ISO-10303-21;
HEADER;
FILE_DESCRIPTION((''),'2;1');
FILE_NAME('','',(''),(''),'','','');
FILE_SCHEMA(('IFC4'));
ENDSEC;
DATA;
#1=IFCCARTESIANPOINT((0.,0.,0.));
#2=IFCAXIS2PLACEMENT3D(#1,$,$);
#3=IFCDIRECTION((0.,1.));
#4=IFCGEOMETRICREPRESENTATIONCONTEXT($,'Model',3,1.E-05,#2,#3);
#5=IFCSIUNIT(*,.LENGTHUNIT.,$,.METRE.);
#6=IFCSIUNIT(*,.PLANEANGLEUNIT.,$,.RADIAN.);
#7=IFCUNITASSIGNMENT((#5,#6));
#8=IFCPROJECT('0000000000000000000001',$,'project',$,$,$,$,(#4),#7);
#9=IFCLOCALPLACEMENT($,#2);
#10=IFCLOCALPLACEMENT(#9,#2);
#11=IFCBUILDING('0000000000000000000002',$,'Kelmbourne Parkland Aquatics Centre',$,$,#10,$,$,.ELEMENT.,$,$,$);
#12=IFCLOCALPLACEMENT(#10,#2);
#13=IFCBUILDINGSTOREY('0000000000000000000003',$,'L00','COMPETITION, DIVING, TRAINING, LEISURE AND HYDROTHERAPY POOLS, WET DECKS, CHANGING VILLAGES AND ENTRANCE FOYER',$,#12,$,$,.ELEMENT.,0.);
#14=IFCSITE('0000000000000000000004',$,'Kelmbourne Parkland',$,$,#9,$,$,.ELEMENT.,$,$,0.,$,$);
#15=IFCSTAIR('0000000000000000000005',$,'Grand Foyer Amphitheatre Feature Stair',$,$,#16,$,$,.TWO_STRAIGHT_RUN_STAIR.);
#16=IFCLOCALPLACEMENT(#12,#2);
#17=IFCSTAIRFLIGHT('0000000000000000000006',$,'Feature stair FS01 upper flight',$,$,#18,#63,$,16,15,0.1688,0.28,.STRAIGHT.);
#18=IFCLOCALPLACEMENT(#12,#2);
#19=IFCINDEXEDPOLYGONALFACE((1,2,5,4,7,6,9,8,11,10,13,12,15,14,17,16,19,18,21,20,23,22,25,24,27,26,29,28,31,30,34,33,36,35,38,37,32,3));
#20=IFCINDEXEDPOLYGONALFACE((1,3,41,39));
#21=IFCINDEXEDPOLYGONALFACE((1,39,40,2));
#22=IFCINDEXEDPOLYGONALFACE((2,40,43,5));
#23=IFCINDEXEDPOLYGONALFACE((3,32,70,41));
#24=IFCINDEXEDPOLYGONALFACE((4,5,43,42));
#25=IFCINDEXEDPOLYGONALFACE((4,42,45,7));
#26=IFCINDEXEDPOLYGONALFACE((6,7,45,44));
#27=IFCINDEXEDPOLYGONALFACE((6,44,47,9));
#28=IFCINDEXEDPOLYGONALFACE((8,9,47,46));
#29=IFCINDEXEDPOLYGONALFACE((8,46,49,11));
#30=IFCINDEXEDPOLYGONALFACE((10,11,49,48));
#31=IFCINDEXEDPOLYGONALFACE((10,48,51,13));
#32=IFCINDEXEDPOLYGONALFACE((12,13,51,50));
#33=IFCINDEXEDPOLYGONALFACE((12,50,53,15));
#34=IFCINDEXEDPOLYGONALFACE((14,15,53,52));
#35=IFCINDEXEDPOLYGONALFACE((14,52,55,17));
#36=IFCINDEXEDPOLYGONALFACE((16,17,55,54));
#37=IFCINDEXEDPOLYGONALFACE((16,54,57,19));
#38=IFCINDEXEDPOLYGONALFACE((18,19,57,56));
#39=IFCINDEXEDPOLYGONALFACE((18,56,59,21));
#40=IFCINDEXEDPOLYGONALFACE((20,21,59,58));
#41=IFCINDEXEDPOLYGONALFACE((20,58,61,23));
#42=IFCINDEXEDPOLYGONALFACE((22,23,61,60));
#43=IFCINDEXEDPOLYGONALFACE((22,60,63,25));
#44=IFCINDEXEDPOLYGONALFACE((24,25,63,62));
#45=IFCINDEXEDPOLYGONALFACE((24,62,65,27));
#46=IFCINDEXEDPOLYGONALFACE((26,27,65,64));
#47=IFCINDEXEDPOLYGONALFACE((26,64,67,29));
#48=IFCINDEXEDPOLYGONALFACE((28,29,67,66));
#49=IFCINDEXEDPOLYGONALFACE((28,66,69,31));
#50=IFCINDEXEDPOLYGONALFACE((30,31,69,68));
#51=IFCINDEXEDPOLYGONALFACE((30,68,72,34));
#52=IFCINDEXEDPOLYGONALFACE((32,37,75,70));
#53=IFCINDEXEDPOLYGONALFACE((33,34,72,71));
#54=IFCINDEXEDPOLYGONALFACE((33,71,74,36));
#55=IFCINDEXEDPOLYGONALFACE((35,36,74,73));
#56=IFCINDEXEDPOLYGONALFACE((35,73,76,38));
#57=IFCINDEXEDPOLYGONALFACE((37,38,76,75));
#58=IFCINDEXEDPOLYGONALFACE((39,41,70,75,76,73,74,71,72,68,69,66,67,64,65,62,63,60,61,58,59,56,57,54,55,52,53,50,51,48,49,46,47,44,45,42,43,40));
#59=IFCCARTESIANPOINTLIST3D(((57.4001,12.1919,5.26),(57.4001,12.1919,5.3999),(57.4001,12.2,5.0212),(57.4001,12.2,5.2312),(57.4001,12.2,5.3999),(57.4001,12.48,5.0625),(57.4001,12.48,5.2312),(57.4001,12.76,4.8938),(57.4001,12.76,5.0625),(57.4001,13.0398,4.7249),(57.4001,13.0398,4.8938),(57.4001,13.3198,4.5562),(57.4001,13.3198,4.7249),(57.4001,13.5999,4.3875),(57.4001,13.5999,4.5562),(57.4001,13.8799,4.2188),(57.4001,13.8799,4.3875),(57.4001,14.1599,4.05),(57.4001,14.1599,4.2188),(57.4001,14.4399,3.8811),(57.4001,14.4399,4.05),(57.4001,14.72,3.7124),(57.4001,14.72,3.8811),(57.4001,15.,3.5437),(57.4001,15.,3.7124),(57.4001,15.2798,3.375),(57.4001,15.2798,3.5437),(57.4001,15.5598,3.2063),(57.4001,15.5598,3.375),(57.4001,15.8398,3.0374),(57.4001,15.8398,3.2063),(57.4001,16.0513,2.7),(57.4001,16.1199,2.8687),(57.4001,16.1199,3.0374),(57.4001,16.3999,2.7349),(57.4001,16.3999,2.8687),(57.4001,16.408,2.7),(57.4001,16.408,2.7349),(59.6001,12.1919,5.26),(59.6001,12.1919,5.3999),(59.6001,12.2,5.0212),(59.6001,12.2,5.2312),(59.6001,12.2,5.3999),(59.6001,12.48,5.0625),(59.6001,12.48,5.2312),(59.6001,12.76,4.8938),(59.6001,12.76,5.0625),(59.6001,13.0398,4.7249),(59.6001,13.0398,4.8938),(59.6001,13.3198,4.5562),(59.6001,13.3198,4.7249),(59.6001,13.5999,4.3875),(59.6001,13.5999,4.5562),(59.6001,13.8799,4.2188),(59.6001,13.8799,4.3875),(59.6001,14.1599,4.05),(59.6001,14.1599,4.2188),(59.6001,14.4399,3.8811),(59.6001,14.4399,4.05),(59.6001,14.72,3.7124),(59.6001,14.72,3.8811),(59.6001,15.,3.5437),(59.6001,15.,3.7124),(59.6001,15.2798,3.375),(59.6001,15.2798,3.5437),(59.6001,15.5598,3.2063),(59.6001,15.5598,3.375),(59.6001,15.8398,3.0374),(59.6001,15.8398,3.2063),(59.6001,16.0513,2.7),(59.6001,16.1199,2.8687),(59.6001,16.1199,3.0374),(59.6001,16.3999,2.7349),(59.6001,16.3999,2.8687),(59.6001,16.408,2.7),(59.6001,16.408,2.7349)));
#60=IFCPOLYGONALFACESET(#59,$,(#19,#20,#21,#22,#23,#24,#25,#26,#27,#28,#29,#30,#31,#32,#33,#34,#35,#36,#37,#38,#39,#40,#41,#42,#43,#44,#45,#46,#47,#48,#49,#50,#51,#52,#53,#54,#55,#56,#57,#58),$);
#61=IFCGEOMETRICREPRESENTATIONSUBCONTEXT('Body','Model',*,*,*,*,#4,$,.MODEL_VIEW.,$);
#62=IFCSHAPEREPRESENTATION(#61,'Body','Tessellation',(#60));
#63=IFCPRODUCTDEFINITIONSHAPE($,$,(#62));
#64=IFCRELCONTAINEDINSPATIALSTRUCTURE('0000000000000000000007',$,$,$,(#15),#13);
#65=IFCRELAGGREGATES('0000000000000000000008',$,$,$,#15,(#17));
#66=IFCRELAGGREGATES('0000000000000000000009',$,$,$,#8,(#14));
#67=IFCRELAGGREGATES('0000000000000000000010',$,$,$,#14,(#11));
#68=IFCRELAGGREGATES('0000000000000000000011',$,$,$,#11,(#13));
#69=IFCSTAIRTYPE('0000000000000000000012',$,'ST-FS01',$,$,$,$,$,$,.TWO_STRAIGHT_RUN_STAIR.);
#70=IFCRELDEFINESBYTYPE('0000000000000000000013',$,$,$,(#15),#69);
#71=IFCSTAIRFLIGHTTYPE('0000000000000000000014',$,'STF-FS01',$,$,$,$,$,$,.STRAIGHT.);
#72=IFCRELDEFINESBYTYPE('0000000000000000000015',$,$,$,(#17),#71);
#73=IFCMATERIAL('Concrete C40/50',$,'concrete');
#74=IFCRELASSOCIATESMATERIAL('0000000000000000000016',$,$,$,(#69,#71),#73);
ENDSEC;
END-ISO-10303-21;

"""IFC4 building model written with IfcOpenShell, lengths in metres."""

from ifc_helpers import new_model, si_unit, direction, frame, origin, place, context, subcontext, project, spatial, polyline, outline, extrude, material, type_object, element, aggregate, save


model = new_model("IFC4")

# Units and contexts
model_context = context("Model", 3, precision=1e-05, world=origin(), true_north=direction((0.0, 1.0)))
body_context = subcontext(model_context, "Body", "Model", "MODEL_VIEW")
ifc_project = project(units=[si_unit("LENGTHUNIT", "METRE"), si_unit("PLANEANGLEUNIT", "RADIAN")], contexts=[model_context])

# Site, building, storey
site_placement = place(None, origin())
site = spatial("IfcSite", under=ifc_project, at=site_placement, Name="Kelmbourne Parkland", CompositionType="ELEMENT", RefElevation=0.0)
building_placement = place(site_placement, origin())
building = spatial("IfcBuilding", under=site, at=building_placement, Name="Kelmbourne Parkland Aquatics Centre", CompositionType="ELEMENT")
storey_placement = place(building_placement, origin())
storey = spatial("IfcBuildingStorey", under=building, at=storey_placement, Name="L00", Description="COMPETITION, DIVING, TRAINING, LEISURE AND HYDROTHERAPY POOLS, WET DECKS, CHANGING VILLAGES AND ENTRANCE FOYER", CompositionType="ELEMENT", Elevation=0.0)

# Shared definitions
ifc_material_1 = material(Name="Concrete C40/50", Category="concrete")

# Stair, stair flight
stair_type = type_object("IfcStairType", Name="ST-FS01", PredefinedType="TWO_STRAIGHT_RUN_STAIR", material=ifc_material_1)
stair_placement = place(storey_placement, origin())
stair = element("IfcStair", 1, at=stair_placement, inside=storey, type_object=stair_type, Name="Grand Foyer Amphitheatre Feature Stair", PredefinedType="TWO_STRAIGHT_RUN_STAIR")
stair_flight_type = type_object("IfcStairFlightType", Name="STF-FS01", PredefinedType="STRAIGHT", material=ifc_material_1)
stair_flight_1_placement = place(storey_placement, frame((58.5, 16.3999, 2.7), z_axis=(0.0, 0.0, 1.0), x_axis=(0.0, -1.0, 0.0)))
stair_flight_1 = element("IfcStairFlight", 2, at=stair_flight_1_placement, type_object=stair_flight_type, Name="Feature stair FS01 upper flight", NumberOfRisers=16, NumberOfTreads=15, PredefinedType="STRAIGHT", RiserHeight=0.1688, TreadLength=0.28, context=body_context, shape_type="SweptSolid", body=[
    extrude(outline(polyline([(-0.0081, 0.0), (-0.0081, 0.0349), (0.0, 0.0349), (0.0, 0.1687), (0.28, 0.1687), (0.28, 0.3374), (0.5601, 0.3374), (0.5601, 0.5063), (0.8401, 0.5063), (0.8401, 0.675), (1.1201, 0.675), (1.1201, 0.8438), (1.3999, 0.8438), (1.3999, 1.0125), (1.6799, 1.0125), (1.6799, 1.1812), (1.96, 1.1812), (1.96, 1.3501), (2.24, 1.3501), (2.24, 1.5188), (2.52, 1.5188), (2.52, 1.6875), (2.8, 1.6875), (2.8, 1.8562), (3.0801, 1.8562), (3.0801, 2.0249), (3.3601, 2.0249), (3.3601, 2.1938), (3.6399, 2.1938), (3.6399, 2.3625), (3.9199, 2.3625), (3.9199, 2.5312), (4.2, 2.5312), (4.2, 2.7), (4.208, 2.7), (4.208, 2.5601), (4.2, 2.3213), (0.3486, 0.0), (-0.0081, 0.0)])), frame((0.0, 1.1001, 0.0), z_axis=(0.0, -1.0, 0.0), x_axis=(1.0, 0.0, 0.0)), (0.0, 0.0, 1.0), 2.2),
])
aggregate(stair, [stair_flight_1])

save(model, "model.ifc")
